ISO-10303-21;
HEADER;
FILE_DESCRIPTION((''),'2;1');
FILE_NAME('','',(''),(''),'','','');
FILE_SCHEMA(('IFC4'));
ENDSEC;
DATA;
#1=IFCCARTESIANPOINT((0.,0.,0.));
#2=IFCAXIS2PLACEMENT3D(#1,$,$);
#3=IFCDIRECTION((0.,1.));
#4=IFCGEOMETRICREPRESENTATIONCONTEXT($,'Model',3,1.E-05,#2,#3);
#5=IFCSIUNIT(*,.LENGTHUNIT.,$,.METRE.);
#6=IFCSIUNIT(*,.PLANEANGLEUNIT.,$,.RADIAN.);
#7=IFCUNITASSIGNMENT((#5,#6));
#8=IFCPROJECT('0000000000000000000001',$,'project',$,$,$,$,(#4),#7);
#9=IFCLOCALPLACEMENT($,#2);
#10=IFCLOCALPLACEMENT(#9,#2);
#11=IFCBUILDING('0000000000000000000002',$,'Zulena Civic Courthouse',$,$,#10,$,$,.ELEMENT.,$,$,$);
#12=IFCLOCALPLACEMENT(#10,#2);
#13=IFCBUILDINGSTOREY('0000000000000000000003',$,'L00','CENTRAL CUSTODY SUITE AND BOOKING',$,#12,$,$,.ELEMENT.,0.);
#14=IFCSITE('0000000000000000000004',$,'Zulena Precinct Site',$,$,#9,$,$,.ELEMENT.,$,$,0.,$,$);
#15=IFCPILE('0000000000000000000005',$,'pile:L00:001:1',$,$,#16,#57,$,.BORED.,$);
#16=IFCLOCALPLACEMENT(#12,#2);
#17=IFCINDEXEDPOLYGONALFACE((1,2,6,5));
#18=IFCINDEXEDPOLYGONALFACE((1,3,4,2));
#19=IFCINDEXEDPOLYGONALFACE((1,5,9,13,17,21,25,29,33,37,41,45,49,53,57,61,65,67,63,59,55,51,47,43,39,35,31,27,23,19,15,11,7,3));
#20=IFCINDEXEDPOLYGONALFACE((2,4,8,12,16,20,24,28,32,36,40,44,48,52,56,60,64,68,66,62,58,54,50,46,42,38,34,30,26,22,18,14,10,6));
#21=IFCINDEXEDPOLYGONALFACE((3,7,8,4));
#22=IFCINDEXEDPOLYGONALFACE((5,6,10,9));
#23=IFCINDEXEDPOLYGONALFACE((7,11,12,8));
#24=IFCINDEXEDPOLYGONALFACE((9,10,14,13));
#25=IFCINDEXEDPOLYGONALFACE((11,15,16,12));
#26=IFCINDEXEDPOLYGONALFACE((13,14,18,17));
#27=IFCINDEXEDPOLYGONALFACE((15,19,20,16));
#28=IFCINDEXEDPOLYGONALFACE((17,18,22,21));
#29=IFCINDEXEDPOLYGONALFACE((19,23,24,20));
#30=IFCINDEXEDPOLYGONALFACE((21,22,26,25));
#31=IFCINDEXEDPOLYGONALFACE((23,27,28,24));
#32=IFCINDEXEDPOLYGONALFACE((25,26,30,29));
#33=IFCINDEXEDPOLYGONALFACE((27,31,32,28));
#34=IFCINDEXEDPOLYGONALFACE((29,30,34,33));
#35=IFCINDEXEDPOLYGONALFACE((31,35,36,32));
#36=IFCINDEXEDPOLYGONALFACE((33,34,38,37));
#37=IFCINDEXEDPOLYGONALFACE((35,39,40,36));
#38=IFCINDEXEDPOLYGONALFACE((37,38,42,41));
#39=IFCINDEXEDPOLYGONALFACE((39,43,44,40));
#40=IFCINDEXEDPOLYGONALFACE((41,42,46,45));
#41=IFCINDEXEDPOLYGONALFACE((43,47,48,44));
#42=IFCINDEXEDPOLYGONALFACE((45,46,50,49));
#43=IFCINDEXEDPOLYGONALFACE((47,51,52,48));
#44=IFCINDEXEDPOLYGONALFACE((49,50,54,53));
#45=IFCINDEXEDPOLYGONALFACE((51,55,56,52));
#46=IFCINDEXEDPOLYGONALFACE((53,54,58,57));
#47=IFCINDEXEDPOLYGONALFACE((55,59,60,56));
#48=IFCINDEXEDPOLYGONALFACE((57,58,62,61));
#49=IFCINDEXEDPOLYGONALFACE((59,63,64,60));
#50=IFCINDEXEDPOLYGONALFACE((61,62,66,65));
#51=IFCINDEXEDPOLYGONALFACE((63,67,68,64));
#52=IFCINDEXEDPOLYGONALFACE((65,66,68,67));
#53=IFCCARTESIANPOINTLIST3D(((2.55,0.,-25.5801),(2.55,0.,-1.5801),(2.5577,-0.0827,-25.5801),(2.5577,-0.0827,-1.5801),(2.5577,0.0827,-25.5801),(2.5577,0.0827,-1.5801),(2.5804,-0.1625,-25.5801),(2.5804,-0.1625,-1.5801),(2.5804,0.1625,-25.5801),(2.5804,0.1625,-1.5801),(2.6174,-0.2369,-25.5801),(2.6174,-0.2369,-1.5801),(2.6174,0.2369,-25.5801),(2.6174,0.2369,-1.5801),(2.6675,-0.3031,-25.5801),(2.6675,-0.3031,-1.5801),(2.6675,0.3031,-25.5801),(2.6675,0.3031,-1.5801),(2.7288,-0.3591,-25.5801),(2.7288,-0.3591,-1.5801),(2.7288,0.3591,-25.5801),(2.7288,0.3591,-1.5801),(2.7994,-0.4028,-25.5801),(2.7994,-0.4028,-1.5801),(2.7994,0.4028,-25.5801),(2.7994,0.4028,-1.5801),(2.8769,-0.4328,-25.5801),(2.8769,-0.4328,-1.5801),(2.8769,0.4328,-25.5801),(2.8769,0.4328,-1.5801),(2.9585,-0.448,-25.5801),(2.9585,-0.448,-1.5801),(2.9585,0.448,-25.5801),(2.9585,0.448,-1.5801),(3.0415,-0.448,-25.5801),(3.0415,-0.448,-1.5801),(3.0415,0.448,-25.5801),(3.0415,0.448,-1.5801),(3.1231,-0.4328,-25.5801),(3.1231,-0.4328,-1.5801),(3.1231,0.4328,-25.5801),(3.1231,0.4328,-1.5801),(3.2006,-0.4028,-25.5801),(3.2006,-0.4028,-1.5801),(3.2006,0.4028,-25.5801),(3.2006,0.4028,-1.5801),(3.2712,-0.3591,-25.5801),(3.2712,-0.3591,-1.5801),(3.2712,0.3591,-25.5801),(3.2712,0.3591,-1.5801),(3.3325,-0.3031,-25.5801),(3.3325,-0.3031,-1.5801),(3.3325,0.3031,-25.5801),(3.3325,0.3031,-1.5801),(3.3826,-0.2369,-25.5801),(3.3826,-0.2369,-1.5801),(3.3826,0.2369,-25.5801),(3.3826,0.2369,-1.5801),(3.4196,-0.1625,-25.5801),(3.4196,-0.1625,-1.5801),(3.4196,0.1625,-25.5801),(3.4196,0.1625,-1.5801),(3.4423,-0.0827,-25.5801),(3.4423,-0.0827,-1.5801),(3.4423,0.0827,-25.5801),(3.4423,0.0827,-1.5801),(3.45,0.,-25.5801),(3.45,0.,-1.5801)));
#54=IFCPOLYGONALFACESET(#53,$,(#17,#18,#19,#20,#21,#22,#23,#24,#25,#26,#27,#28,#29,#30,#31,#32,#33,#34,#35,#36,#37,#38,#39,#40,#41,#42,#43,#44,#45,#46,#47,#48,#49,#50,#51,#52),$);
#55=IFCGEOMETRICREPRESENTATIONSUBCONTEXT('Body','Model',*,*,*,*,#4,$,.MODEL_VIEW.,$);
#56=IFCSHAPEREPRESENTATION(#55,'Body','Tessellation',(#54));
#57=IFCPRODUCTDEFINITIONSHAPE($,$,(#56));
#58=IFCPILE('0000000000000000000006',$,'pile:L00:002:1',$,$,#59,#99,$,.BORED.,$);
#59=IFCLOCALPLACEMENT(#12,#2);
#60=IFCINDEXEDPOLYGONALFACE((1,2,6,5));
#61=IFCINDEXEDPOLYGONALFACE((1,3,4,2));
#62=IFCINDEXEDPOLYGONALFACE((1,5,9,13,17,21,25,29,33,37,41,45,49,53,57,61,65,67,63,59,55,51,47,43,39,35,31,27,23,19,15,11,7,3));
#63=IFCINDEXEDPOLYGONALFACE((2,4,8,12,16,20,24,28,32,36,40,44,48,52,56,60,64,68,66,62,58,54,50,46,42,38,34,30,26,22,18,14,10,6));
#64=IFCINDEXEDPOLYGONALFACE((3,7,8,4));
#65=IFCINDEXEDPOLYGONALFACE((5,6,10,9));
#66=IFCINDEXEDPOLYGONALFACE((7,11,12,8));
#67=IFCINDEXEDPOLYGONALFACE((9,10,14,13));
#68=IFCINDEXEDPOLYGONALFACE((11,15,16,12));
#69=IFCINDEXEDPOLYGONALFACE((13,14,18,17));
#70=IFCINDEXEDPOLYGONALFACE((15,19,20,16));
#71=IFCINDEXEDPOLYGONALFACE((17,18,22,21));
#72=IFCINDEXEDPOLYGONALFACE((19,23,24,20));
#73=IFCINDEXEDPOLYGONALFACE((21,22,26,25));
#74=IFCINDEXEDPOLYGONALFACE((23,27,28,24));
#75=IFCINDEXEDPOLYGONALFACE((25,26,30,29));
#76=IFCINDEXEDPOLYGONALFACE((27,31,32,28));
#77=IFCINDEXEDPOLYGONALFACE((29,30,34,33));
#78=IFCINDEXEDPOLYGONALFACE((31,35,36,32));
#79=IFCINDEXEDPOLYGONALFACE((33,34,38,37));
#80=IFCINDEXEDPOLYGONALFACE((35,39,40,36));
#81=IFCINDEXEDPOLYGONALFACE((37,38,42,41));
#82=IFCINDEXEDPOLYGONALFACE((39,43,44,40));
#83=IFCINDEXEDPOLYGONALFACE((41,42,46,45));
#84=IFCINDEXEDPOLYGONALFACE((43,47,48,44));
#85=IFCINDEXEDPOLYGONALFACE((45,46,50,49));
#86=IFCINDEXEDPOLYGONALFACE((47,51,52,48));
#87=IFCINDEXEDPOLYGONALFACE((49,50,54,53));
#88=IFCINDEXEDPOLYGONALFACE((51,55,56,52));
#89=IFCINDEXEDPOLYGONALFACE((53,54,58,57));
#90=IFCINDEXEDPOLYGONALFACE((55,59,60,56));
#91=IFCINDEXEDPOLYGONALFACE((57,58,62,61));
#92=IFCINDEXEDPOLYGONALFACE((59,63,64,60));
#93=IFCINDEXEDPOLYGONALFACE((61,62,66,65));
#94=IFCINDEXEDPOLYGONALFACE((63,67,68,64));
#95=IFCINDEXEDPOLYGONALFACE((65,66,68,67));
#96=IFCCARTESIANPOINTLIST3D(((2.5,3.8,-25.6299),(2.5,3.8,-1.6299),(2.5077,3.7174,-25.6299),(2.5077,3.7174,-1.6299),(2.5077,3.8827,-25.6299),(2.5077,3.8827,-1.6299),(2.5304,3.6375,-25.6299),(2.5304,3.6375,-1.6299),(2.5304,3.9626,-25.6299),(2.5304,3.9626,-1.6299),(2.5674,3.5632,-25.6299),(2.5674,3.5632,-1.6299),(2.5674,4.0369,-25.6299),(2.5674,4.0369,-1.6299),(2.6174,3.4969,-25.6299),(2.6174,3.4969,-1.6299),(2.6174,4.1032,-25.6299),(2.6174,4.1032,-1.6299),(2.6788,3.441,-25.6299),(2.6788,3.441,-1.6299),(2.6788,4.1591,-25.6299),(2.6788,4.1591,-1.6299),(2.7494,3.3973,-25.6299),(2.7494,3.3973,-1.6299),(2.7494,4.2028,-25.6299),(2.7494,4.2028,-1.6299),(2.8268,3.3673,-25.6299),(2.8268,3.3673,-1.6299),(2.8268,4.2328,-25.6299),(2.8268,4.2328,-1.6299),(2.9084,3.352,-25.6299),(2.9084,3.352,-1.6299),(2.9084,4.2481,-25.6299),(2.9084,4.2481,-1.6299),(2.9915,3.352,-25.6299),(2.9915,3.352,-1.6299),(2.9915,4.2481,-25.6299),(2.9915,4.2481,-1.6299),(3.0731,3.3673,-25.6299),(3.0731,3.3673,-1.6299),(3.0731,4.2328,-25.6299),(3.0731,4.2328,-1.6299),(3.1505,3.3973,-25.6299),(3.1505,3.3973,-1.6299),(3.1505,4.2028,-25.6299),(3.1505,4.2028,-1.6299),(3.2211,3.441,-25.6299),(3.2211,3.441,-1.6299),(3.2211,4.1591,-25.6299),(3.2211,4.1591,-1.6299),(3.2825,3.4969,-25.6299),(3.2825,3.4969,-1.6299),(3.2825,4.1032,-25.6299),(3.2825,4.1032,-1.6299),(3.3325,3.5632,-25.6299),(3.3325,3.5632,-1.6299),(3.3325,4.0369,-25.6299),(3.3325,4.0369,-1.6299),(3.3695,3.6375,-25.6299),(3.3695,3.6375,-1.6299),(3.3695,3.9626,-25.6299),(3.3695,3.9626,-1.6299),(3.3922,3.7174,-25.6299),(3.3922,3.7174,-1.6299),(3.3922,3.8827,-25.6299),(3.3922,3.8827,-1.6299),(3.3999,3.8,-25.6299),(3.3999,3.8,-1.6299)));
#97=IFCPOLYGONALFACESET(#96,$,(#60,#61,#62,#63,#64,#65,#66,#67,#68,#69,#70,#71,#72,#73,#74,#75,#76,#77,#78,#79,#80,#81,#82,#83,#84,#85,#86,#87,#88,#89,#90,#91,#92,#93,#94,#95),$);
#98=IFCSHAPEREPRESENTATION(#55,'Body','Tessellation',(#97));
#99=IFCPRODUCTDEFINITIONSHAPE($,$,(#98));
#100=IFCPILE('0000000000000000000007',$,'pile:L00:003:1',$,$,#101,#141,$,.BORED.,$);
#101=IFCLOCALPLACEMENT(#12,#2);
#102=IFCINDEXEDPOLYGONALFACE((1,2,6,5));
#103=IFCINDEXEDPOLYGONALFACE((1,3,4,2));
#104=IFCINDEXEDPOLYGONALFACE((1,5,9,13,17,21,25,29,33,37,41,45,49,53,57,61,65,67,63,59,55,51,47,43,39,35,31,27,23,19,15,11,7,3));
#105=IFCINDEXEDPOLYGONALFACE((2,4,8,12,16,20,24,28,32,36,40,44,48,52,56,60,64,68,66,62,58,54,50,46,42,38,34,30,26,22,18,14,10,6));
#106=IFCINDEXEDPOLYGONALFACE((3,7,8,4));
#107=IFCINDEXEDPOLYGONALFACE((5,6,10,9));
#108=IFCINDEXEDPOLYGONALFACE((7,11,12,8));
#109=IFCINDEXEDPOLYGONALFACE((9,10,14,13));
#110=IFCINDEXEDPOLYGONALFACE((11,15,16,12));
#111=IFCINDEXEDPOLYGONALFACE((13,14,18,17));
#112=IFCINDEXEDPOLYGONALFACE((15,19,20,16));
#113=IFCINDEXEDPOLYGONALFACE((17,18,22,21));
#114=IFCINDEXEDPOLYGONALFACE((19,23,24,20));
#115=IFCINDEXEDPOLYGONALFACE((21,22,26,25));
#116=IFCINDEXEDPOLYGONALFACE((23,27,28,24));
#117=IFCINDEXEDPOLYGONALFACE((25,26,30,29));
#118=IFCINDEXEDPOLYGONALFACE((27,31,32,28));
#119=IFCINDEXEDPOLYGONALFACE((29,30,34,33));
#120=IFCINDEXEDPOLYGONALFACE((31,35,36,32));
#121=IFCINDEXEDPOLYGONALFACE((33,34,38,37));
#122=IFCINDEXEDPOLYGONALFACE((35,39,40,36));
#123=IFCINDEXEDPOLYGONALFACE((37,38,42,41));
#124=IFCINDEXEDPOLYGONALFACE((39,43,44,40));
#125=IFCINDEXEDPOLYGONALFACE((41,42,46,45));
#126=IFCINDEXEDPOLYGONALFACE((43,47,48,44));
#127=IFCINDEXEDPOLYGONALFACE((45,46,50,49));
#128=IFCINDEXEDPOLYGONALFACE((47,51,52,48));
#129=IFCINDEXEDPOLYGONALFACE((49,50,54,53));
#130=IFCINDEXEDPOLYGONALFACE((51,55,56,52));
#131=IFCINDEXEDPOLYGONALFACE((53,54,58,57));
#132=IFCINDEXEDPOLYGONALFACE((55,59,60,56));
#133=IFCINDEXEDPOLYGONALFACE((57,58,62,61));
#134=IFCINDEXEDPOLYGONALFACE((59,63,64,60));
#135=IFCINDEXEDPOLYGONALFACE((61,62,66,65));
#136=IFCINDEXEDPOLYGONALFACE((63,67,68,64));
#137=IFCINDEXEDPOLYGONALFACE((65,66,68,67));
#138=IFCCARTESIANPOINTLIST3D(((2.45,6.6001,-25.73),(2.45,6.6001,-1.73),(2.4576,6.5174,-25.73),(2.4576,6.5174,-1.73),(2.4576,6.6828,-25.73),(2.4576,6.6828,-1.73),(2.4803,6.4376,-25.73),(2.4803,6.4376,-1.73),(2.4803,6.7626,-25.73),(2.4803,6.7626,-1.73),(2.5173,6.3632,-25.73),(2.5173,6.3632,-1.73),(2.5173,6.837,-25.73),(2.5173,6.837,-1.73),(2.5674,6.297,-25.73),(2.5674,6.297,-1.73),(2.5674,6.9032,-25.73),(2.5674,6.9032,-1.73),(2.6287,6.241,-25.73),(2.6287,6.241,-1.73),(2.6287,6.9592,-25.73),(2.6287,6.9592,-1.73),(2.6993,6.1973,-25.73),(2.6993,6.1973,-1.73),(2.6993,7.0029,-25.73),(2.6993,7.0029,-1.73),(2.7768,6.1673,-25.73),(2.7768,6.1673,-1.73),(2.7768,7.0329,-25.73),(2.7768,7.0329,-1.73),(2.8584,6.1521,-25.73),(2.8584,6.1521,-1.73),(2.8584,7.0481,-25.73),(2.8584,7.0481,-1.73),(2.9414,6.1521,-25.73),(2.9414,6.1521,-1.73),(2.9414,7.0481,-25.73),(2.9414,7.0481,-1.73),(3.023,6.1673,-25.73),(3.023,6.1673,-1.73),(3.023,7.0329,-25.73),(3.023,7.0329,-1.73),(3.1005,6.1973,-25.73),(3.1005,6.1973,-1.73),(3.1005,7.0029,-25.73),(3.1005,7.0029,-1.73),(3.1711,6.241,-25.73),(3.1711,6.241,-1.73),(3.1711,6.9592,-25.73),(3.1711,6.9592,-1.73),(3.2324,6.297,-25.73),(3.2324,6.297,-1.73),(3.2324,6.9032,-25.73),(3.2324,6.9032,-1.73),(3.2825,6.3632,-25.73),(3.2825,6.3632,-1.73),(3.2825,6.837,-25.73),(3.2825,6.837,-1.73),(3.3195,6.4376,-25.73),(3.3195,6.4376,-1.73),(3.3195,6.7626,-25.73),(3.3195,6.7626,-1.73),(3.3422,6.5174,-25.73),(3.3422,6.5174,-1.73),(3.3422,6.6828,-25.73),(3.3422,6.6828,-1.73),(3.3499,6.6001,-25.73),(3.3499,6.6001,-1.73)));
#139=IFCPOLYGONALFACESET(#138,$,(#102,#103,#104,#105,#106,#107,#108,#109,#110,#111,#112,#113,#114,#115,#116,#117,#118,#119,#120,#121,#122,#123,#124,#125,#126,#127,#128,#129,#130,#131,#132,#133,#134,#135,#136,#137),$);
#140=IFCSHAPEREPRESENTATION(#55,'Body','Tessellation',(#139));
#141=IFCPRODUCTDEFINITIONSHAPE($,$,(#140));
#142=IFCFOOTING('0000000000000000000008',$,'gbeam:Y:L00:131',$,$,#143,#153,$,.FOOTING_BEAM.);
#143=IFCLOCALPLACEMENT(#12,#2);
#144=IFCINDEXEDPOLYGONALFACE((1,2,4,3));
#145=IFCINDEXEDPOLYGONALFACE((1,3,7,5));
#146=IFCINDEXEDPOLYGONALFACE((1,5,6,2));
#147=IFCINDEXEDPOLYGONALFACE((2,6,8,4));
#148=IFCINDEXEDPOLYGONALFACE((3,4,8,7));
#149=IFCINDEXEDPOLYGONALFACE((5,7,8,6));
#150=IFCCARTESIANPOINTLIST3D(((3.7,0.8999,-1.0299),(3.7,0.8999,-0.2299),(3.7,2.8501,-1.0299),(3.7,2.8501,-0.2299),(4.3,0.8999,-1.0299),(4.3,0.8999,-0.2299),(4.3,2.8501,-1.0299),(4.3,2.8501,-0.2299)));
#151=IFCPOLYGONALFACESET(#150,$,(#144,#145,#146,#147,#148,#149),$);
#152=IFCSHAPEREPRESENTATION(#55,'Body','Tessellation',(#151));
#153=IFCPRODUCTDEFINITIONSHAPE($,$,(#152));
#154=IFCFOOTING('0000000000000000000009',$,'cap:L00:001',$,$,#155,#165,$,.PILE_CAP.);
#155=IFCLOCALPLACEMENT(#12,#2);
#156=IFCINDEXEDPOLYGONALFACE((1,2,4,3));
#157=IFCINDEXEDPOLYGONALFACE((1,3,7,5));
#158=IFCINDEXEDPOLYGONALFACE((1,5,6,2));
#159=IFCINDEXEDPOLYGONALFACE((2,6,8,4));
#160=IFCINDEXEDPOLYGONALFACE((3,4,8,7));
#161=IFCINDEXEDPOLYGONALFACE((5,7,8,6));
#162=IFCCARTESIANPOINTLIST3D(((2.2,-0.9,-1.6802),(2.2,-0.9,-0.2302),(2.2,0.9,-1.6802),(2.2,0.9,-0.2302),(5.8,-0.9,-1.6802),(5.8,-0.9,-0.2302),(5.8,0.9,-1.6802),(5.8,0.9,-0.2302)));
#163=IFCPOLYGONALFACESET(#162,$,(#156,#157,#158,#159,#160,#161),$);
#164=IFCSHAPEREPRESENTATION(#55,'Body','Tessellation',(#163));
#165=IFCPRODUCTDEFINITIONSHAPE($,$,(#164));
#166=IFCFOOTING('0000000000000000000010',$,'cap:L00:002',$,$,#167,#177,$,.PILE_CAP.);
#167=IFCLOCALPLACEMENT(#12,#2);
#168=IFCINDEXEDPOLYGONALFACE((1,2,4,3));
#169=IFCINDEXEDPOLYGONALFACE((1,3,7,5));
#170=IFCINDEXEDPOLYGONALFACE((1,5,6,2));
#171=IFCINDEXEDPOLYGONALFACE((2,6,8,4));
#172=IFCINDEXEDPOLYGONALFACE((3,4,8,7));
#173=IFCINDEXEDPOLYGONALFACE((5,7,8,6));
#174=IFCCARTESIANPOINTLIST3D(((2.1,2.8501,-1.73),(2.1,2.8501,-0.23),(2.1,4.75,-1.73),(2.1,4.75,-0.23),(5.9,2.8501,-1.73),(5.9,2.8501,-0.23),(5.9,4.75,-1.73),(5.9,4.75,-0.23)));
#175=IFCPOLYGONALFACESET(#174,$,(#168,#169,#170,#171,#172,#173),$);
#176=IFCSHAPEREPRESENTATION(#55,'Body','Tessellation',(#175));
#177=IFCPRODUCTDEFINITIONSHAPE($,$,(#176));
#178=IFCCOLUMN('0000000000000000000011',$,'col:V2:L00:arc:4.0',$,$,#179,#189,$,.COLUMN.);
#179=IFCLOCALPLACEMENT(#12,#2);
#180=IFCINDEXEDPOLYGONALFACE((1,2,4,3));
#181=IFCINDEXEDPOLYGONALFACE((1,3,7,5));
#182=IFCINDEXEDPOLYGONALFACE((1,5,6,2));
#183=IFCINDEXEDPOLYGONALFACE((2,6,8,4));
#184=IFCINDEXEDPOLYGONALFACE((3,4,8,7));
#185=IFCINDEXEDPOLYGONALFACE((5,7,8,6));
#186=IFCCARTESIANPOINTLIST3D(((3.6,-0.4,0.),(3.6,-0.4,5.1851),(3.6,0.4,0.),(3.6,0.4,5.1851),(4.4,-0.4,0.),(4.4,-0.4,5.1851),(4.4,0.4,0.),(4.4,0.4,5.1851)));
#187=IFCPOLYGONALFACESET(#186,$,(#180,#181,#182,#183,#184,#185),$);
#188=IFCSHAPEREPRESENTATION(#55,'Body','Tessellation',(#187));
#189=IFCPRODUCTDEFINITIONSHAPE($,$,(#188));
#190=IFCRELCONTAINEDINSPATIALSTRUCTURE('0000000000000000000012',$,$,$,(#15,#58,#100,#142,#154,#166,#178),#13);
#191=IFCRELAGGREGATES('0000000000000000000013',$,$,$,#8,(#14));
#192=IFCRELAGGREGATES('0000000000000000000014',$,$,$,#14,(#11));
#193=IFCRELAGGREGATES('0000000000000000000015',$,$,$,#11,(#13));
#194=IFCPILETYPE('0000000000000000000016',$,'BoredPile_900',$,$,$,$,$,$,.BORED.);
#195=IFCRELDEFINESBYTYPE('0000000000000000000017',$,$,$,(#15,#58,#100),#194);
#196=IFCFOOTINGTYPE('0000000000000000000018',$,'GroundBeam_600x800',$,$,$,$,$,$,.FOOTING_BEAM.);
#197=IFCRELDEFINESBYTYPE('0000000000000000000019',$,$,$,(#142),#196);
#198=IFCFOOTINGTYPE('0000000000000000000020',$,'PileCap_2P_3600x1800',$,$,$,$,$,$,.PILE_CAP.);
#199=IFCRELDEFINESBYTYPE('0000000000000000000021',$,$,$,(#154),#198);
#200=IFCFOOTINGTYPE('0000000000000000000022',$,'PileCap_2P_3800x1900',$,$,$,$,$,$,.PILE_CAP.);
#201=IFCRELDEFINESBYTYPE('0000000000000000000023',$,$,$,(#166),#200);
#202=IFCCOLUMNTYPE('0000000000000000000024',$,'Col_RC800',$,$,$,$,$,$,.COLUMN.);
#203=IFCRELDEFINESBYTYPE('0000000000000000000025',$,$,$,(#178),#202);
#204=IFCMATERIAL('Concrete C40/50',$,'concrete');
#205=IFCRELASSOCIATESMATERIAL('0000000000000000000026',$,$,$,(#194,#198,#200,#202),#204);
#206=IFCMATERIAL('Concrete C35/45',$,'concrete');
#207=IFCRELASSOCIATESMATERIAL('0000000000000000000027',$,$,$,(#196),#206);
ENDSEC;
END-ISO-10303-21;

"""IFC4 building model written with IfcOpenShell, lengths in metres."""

from ifc_helpers import new_model, si_unit, direction, frame, origin, origin_2d, place, context, subcontext, project, spatial, rectangle, circle, extrude, material, material_profile, profile_set, type_object, element, save


model = new_model("IFC4")

# Units and contexts
model_context = context("Model", 3, precision=1e-05, world=origin(), true_north=direction((0.0, 1.0)))
body_context = subcontext(model_context, "Body", "Model", "MODEL_VIEW")
ifc_project = project(units=[si_unit("LENGTHUNIT", "METRE"), si_unit("PLANEANGLEUNIT", "RADIAN")], contexts=[model_context])

# Site, building, storey
site_placement = place(None, origin())
site = spatial("IfcSite", under=ifc_project, at=site_placement, Name="Zulena Precinct Site", CompositionType="ELEMENT", RefElevation=0.0)
building_placement = place(site_placement, origin())
building = spatial("IfcBuilding", under=site, at=building_placement, Name="Zulena Civic Courthouse", CompositionType="ELEMENT")
storey_placement = place(building_placement, origin())
storey = spatial("IfcBuildingStorey", under=building, at=storey_placement, Name="L00", Description="CENTRAL CUSTODY SUITE AND BOOKING", CompositionType="ELEMENT", Elevation=0.0)

# Piles
ifc_material_1 = material(Name="Concrete C40/50", Category="concrete")
ifc_material_profile_1 = material_profile(ifc_material_1, circle(Radius=0.45, at=origin_2d()), Name="PILE900")
ifc_profile_set_1 = profile_set([ifc_material_profile_1], Name="Concrete C40/50")
pile_type = type_object("IfcPileType", Name="BoredPile_900", PredefinedType="BORED", material=ifc_profile_set_1)
for number, where, z_axis, x_axis, name in (
    (1, (3.0, 0.0, -1.5801), (0.0, 0.0, -1.0), (1.0, 0.0, 0.0), "pile:L00:001:1"),
    (2, (2.95, 3.8, -1.6299), (0.0, 0.0, -1.0), (1.0, 0.0, 0.0), "pile:L00:002:1"),
    (3, (2.8999, 6.6001, -1.73), (0.0, 0.0, -1.0), (1.0, 0.0, 0.0), "pile:L00:003:1"),
):
    element("IfcPile", number, at=place(storey_placement, frame(where, z_axis=z_axis, x_axis=x_axis)), inside=storey, type_object=pile_type, Name=name, PredefinedType="BORED", context=body_context, shape_type="SweptSolid", body=[
        extrude(circle(Radius=0.45, at=origin_2d()), origin(), (0.0, 0.0, 1.0), 24.0),
    ])

# Footings
ifc_material_2 = material(Name="Concrete C35/45", Category="concrete")
ifc_material_profile_2 = material_profile(ifc_material_2, rectangle(XDim=0.6001, YDim=0.8, at=origin_2d()), Name="RC600X800")
ifc_profile_set_2 = profile_set([ifc_material_profile_2], Name="Concrete C35/45")
footing_type_1 = type_object("IfcFootingType", Name="GroundBeam_600x800", PredefinedType="FOOTING_BEAM", material=ifc_profile_set_2)
footing_1_placement = place(storey_placement, frame((4.0, 0.8999, -0.6299), z_axis=(0.0, 1.0, 0.0), x_axis=(-1.0, 0.0, 0.0)))
element("IfcFooting", 4, at=footing_1_placement, inside=storey, type_object=footing_type_1, Name="gbeam:Y:L00:131", PredefinedType="FOOTING_BEAM", context=body_context, shape_type="SweptSolid", body=[
    extrude(rectangle(XDim=0.6001, YDim=0.8, at=origin_2d()), origin(), (0.0, 0.0, 1.0), 1.9502),
])
footing_type_2 = type_object("IfcFootingType", Name="PileCap_2P_3600x1800", PredefinedType="PILE_CAP", material=ifc_material_1)
footing_2_placement = place(storey_placement, frame((4.0, 0.0, -1.6802), z_axis=(0.0, 0.0, 1.0), x_axis=(1.0, 0.0, 0.0)))
element("IfcFooting", 5, at=footing_2_placement, inside=storey, type_object=footing_type_2, Name="cap:L00:001", PredefinedType="PILE_CAP", context=body_context, shape_type="SweptSolid", body=[
    extrude(rectangle(XDim=3.6001, YDim=1.8, at=origin_2d()), origin(), (0.0, 0.0, 1.0), 1.45),
])
footing_type_3 = type_object("IfcFootingType", Name="PileCap_2P_3800x1900", PredefinedType="PILE_CAP", material=ifc_material_1)
footing_3_placement = place(storey_placement, frame((4.0, 3.8, -1.73), z_axis=(0.0, 0.0, 1.0), x_axis=(1.0, 0.0, 0.0)))
element("IfcFooting", 6, at=footing_3_placement, inside=storey, type_object=footing_type_3, Name="cap:L00:002", PredefinedType="PILE_CAP", context=body_context, shape_type="SweptSolid", body=[
    extrude(rectangle(XDim=3.8, YDim=1.8999, at=origin_2d()), origin(), (0.0, 0.0, 1.0), 1.5),
])

# Column
ifc_material_profile_3 = material_profile(ifc_material_1, rectangle(XDim=0.8, YDim=0.8, at=origin_2d()), Name="RC800X800")
ifc_profile_set_3 = profile_set([ifc_material_profile_3], Name="Concrete C40/50")
column_type_1 = type_object("IfcColumnType", Name="Col_RC800", PredefinedType="COLUMN", material=ifc_profile_set_3)
column_1_placement = place(storey_placement, frame((4.0, 0.0, 0.0), z_axis=(0.0, 0.0, 1.0), x_axis=(1.0, 0.0, 0.0)))
element("IfcColumn", 7, at=column_1_placement, inside=storey, type_object=column_type_1, Name="col:V2:L00:arc:4.0", PredefinedType="COLUMN", context=body_context, shape_type="SweptSolid", body=[
    extrude(rectangle(XDim=0.8, YDim=0.8, at=origin_2d()), origin(), (0.0, 0.0, 1.0), 5.1851),
])

save(model, "model.ifc")
